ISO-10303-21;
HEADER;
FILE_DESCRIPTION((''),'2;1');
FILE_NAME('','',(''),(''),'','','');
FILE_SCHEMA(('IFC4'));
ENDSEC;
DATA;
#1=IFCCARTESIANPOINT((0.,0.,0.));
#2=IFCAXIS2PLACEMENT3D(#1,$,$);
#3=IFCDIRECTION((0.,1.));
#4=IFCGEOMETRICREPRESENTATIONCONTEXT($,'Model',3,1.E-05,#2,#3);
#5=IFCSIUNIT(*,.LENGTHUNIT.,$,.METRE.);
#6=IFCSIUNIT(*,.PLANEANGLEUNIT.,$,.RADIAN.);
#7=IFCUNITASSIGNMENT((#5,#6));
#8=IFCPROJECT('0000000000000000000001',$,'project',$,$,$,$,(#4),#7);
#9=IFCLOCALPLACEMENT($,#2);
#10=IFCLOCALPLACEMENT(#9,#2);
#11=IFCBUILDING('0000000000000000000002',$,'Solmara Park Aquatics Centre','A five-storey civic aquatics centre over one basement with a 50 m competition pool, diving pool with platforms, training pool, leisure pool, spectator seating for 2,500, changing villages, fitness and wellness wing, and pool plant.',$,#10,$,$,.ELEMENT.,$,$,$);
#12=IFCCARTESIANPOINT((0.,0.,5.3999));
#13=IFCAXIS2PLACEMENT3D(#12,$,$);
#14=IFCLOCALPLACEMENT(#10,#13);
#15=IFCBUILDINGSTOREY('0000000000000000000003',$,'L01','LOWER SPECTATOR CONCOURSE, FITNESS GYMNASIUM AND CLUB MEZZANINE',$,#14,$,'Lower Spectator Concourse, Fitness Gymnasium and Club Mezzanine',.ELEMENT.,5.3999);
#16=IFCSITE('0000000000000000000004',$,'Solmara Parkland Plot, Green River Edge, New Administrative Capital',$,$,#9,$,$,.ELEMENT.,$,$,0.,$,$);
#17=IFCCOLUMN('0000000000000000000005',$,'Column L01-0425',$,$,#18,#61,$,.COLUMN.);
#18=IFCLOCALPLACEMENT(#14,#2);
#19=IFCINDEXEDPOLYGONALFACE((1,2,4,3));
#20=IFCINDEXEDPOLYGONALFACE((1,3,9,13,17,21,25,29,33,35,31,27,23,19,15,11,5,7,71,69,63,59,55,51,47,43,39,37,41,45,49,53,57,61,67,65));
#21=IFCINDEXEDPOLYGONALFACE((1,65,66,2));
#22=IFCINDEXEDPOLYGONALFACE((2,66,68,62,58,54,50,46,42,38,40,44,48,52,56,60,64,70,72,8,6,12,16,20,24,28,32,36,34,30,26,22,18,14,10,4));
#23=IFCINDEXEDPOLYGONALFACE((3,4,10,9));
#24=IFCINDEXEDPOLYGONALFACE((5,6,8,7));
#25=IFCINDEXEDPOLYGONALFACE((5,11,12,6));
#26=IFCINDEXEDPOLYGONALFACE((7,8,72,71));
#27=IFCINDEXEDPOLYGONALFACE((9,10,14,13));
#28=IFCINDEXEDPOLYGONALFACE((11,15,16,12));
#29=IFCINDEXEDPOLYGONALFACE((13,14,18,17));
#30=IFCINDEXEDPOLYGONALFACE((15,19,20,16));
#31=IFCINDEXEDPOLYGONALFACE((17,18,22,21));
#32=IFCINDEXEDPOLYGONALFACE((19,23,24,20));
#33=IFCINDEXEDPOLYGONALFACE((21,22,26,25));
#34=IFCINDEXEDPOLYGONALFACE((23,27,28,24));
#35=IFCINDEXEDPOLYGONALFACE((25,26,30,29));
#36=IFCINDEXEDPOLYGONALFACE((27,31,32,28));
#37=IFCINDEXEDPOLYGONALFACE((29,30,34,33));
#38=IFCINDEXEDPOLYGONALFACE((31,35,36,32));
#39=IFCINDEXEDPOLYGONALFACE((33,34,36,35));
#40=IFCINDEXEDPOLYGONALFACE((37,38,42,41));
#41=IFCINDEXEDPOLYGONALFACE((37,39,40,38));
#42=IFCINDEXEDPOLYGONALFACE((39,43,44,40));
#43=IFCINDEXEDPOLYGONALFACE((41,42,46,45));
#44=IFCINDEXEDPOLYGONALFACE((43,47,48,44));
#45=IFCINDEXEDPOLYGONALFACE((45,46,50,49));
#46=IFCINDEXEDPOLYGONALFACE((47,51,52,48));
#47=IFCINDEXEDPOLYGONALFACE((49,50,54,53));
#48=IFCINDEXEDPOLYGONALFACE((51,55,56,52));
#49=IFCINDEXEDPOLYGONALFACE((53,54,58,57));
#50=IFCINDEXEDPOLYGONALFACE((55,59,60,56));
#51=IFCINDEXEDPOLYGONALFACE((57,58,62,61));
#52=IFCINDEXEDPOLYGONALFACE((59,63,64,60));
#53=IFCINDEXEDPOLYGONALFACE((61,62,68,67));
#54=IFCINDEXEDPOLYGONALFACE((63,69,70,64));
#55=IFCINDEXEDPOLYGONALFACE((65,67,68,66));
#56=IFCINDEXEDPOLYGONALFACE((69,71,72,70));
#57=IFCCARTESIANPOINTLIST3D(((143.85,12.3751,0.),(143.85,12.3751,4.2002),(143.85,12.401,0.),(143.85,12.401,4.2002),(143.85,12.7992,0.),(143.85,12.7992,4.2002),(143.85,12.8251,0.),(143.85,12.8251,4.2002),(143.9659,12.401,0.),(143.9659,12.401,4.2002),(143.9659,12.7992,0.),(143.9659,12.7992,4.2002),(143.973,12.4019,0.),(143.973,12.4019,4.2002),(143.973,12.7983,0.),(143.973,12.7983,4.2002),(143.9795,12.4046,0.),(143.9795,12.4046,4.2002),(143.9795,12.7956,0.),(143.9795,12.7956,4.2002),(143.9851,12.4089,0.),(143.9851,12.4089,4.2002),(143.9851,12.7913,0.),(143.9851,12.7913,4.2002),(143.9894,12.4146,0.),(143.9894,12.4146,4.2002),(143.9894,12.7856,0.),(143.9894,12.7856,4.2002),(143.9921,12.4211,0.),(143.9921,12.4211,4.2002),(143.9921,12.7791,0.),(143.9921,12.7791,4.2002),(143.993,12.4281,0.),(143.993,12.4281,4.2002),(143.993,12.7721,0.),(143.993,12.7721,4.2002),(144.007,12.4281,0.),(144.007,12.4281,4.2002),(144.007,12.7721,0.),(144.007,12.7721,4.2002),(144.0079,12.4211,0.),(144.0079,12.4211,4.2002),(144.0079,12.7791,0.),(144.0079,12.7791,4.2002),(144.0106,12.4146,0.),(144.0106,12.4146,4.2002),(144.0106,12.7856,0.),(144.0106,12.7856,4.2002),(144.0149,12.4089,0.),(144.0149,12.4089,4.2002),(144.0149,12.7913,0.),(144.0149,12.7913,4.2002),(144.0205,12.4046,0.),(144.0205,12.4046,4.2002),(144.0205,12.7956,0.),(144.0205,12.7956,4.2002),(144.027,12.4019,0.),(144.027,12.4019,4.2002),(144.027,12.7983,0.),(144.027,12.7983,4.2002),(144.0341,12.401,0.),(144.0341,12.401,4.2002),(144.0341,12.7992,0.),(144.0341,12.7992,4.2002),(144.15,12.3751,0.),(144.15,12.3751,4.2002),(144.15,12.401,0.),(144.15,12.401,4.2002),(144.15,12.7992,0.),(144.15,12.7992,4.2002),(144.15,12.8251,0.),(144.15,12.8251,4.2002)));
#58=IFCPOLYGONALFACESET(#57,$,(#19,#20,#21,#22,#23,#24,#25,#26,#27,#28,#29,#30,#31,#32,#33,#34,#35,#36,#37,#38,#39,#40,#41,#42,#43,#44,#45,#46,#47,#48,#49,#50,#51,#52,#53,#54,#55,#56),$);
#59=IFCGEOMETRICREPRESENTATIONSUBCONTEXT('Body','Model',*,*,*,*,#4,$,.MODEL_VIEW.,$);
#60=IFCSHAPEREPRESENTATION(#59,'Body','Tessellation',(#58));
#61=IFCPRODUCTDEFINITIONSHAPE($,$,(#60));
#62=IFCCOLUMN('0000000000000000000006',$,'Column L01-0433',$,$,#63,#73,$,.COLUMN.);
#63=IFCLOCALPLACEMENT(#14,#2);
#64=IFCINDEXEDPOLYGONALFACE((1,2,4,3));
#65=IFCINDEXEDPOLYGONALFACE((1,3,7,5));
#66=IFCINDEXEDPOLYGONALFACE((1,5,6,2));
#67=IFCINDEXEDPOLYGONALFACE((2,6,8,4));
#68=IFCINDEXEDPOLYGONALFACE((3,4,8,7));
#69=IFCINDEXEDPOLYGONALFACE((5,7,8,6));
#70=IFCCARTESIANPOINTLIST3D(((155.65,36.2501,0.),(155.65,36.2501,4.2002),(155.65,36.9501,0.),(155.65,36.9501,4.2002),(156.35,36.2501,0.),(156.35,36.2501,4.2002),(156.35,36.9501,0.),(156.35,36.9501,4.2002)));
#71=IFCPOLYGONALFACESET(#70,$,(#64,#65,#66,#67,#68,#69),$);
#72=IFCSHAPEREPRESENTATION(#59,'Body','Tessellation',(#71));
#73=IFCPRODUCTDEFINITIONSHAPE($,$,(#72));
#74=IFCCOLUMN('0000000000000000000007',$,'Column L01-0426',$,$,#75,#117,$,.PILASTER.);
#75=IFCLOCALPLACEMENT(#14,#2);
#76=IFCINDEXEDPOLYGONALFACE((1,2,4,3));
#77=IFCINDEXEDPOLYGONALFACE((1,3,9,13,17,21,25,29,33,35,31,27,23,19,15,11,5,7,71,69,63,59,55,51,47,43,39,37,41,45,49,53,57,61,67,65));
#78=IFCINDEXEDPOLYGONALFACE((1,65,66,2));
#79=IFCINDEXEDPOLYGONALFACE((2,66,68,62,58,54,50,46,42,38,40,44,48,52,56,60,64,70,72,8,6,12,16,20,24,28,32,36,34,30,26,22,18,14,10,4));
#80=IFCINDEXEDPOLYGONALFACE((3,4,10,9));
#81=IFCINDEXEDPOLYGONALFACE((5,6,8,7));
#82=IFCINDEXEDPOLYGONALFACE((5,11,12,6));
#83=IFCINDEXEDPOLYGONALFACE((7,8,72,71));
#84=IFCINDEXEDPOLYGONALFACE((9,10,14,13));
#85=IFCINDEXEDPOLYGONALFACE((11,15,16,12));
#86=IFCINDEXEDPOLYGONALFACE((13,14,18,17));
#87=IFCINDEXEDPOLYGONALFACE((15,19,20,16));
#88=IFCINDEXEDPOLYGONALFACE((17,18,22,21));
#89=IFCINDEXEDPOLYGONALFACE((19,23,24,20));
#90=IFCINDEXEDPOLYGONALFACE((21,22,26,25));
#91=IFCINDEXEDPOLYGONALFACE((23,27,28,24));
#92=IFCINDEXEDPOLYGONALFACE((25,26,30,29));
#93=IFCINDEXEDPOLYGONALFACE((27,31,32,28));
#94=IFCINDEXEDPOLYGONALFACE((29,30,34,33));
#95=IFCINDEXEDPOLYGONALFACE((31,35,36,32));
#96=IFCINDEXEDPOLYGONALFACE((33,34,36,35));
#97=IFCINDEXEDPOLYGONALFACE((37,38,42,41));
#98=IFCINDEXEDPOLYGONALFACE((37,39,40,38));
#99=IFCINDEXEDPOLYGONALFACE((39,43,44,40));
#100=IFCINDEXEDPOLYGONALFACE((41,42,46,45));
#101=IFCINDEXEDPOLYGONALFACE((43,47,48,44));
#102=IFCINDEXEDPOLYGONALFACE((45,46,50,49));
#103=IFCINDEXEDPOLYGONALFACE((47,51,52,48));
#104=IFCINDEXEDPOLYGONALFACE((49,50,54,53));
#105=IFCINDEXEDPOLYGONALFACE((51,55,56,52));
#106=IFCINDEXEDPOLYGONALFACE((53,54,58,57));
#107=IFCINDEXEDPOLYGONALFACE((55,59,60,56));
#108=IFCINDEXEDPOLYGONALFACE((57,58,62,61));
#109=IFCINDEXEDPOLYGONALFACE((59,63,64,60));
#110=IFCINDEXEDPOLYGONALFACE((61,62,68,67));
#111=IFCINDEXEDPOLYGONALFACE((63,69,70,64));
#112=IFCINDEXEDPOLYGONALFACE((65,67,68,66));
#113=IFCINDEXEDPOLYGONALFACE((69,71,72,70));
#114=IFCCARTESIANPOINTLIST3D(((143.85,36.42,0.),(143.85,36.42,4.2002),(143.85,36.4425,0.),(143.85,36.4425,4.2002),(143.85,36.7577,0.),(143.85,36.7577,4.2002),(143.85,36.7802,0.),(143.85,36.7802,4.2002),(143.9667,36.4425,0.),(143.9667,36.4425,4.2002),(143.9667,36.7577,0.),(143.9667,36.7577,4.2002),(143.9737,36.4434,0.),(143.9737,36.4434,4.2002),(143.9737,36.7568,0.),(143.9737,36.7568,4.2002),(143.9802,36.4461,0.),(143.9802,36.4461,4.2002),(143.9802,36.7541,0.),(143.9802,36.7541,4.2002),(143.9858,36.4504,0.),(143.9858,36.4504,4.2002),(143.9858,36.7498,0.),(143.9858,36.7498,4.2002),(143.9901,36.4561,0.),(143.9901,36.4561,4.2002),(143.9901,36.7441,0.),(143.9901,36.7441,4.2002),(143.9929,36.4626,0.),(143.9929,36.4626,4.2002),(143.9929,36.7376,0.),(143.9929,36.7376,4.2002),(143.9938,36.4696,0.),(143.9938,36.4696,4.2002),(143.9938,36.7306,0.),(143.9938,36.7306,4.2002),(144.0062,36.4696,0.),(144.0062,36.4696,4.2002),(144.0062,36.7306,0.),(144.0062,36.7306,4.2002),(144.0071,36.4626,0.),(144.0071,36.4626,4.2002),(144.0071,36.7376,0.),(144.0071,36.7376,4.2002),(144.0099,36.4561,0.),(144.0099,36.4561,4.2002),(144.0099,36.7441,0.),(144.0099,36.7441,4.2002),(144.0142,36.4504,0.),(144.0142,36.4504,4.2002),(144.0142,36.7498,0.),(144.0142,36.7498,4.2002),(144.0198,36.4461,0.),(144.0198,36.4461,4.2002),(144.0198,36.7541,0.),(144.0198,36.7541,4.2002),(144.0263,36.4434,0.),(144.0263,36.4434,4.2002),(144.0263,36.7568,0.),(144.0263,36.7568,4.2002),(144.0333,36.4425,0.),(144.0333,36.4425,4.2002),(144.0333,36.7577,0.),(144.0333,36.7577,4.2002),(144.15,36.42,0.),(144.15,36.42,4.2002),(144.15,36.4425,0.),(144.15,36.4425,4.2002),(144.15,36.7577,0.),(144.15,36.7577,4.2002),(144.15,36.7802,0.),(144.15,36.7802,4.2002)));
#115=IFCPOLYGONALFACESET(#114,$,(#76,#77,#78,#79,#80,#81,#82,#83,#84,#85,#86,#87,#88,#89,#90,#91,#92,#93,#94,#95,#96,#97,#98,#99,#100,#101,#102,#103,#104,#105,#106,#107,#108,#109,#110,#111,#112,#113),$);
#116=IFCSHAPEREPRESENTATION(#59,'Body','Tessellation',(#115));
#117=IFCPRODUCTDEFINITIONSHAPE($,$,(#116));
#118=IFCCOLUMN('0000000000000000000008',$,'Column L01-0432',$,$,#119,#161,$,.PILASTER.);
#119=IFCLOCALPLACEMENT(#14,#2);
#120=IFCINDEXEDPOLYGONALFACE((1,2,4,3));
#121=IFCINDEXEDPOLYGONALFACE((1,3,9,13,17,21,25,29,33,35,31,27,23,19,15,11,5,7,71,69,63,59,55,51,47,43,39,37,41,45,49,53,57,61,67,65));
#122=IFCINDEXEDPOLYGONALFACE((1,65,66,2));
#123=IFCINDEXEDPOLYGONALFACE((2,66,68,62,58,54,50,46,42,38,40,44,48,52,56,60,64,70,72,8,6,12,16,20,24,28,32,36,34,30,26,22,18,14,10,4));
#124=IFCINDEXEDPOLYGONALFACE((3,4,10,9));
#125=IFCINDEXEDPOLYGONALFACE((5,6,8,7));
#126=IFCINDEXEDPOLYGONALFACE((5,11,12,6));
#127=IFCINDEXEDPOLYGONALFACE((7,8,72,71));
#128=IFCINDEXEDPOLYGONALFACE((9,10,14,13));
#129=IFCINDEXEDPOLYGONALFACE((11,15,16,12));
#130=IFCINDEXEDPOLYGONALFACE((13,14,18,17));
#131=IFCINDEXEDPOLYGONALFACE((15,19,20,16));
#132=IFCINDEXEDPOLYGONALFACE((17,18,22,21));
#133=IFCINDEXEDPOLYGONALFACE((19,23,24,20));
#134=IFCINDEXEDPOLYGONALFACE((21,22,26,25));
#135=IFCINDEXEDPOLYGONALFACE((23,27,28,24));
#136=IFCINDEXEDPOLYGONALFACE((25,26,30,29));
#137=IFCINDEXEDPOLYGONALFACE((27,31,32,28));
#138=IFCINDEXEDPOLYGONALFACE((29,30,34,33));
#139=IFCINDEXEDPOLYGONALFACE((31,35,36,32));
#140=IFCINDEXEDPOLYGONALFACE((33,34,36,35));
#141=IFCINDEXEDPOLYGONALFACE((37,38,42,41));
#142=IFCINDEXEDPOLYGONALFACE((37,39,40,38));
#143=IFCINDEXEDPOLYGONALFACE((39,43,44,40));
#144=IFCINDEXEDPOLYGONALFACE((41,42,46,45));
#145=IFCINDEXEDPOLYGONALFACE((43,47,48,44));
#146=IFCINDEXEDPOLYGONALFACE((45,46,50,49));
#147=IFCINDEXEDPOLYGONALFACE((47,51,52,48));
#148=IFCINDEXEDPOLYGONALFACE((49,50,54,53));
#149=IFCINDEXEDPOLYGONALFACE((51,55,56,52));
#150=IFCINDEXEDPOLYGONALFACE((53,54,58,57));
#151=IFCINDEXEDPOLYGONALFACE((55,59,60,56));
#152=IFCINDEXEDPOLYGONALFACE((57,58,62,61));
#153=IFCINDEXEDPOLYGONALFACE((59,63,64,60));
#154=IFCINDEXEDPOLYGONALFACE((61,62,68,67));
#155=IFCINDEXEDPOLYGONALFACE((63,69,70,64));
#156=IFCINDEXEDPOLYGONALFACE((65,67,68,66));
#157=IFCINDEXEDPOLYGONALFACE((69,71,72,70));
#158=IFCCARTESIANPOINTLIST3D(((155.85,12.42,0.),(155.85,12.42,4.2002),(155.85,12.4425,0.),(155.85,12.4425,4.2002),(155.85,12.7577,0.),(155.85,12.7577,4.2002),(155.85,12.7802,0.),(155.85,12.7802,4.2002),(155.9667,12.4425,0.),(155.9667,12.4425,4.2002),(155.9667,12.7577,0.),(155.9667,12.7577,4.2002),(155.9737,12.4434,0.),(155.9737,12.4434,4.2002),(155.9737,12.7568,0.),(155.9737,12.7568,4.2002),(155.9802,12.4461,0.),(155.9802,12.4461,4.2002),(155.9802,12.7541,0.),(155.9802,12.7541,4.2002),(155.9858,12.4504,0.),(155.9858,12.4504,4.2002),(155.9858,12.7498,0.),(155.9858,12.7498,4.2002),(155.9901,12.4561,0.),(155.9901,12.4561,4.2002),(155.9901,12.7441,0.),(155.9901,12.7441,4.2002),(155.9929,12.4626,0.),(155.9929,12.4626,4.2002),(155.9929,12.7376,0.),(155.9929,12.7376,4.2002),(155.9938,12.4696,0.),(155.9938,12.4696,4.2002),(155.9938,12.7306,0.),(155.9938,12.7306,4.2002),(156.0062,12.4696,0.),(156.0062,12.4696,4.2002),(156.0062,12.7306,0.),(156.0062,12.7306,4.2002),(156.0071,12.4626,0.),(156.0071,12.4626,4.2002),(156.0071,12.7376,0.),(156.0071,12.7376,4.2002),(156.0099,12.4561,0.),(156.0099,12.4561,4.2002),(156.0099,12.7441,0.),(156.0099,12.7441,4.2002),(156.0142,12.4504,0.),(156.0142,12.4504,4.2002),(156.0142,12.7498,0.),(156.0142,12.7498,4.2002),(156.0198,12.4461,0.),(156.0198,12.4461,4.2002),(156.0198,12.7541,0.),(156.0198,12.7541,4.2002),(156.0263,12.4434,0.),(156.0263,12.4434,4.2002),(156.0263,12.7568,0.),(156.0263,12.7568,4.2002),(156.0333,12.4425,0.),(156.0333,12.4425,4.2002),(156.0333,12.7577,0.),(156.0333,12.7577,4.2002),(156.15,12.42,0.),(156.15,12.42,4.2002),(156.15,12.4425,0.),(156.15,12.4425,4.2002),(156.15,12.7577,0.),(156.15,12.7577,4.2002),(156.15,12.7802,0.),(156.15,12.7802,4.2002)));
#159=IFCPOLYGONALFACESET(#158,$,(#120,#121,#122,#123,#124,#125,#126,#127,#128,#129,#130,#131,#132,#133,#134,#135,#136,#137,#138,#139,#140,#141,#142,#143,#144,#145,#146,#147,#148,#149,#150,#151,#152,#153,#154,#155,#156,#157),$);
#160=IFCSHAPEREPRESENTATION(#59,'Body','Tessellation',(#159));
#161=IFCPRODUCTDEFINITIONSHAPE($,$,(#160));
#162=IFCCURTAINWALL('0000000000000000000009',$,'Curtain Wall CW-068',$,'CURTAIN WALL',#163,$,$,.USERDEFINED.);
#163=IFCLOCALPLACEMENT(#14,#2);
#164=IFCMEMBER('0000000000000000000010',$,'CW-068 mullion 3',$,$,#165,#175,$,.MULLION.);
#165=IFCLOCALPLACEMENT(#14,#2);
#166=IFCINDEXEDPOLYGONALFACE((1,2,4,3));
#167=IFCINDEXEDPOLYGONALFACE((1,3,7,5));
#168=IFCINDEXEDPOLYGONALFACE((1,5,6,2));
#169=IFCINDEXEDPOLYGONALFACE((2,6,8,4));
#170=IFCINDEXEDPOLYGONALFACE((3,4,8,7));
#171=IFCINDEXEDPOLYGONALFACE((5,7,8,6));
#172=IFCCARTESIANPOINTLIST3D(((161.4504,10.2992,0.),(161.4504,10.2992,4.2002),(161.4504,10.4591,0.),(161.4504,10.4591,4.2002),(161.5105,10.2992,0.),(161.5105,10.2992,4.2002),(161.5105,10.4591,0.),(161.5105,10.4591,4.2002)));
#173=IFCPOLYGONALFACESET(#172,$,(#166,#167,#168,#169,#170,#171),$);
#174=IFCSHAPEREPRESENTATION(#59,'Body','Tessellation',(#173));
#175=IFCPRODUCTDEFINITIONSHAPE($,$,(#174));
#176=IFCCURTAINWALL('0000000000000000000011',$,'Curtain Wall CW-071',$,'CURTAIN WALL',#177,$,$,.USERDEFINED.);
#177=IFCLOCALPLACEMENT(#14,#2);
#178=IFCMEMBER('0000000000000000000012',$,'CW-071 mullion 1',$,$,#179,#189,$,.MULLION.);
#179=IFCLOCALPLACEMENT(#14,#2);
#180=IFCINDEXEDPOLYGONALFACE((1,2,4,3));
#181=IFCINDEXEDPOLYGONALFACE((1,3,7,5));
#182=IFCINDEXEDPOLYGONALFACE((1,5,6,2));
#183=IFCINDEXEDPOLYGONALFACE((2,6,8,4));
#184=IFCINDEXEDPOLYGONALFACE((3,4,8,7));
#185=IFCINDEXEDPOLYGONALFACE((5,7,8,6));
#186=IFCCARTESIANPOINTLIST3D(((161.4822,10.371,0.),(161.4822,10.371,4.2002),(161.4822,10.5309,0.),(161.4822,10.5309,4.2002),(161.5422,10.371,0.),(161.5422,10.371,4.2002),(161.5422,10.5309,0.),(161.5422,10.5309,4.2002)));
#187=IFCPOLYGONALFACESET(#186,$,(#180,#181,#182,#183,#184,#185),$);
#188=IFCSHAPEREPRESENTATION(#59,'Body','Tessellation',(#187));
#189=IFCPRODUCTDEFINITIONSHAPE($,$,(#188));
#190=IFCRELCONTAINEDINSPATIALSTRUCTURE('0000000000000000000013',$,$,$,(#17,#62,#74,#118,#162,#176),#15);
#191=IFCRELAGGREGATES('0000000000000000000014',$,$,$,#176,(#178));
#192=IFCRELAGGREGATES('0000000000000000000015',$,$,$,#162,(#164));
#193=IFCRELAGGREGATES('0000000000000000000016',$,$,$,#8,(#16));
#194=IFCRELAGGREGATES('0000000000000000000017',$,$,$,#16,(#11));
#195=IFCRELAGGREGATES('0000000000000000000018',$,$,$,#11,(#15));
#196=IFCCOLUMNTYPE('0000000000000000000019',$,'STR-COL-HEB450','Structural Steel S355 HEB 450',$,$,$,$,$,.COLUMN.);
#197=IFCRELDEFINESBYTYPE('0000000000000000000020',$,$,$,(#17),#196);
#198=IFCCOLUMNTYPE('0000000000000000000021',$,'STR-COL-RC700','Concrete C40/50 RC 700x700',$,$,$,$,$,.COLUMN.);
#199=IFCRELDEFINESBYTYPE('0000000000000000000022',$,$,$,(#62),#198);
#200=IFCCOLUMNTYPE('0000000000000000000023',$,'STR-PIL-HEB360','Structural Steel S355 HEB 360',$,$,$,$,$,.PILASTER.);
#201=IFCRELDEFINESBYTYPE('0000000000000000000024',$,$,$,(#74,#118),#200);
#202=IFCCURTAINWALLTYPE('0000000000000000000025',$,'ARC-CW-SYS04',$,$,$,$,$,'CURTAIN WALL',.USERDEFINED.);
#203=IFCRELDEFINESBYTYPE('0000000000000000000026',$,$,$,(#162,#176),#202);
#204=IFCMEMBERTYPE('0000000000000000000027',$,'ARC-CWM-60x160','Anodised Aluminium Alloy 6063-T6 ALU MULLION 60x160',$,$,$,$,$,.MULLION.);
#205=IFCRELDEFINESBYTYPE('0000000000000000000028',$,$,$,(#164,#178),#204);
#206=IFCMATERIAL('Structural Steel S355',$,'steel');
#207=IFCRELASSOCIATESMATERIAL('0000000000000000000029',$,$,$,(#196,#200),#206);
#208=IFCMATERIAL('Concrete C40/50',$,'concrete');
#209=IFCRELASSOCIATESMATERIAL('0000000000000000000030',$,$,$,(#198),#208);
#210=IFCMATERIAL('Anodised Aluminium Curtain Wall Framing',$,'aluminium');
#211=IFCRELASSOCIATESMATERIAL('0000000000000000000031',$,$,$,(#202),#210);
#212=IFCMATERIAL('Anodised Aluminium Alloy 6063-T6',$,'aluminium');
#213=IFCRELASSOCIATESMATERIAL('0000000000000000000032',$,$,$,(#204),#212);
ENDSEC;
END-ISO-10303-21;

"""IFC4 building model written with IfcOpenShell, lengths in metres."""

from ifc_helpers import new_model, si_unit, direction, frame, origin, origin_2d, place, context, subcontext, project, spatial, rectangle, i_section, extrude, material, material_profile, profile_set, type_object, element, aggregate, save


model = new_model("IFC4")

# Units and contexts
model_context = context("Model", 3, precision=1e-05, world=origin(), true_north=direction((0.0, 1.0)))
body_context = subcontext(model_context, "Body", "Model", "MODEL_VIEW")
ifc_project = project(units=[si_unit("LENGTHUNIT", "METRE"), si_unit("PLANEANGLEUNIT", "RADIAN")], contexts=[model_context])

# Site, building, storey
site_placement = place(None, origin())
site = spatial("IfcSite", under=ifc_project, at=site_placement, Name="Solmara Parkland Plot, Green River Edge, New Administrative Capital", CompositionType="ELEMENT", RefElevation=0.0)
building_placement = place(site_placement, origin())
building = spatial("IfcBuilding", under=site, at=building_placement, Name="Solmara Park Aquatics Centre", Description="A five-storey civic aquatics centre over one basement with a 50 m competition pool, diving pool with platforms, training pool, leisure pool, spectator seating for 2,500, changing villages, fitness and wellness wing, and pool plant.", CompositionType="ELEMENT")
storey_placement = place(building_placement, frame((0.0, 0.0, 5.3999)))
storey = spatial("IfcBuildingStorey", under=building, at=storey_placement, Name="L01", Description="LOWER SPECTATOR CONCOURSE, FITNESS GYMNASIUM AND CLUB MEZZANINE", LongName="Lower Spectator Concourse, Fitness Gymnasium and Club Mezzanine", CompositionType="ELEMENT", Elevation=5.3999)

# Columns
ifc_material_1 = material(Name="Structural Steel S355", Category="steel")
ifc_material_profile_1 = material_profile(ifc_material_1, i_section(OverallWidth=0.3, OverallDepth=0.45, WebThickness=0.0139, FlangeThickness=0.0259, FilletRadius=0.0271, at=origin_2d()), Name="HEB 450")
ifc_profile_set_1 = profile_set([ifc_material_profile_1], Name="Structural Steel S355")
column_type_1 = type_object("IfcColumnType", Name="STR-COL-HEB450", Description="Structural Steel S355 HEB 450", PredefinedType="COLUMN", material=ifc_profile_set_1)
column_1_placement = place(storey_placement, frame((144.0, 12.6001, 0.0), z_axis=(0.0, 0.0, 1.0), x_axis=(1.0, 0.0, 0.0)))
element("IfcColumn", 1, at=column_1_placement, inside=storey, type_object=column_type_1, Name="Column L01-0425", PredefinedType="COLUMN", context=body_context, shape_type="SweptSolid", body=[
    extrude(i_section(OverallWidth=0.3, OverallDepth=0.45, WebThickness=0.0139, FlangeThickness=0.0259, FilletRadius=0.0271, at=origin_2d()), origin(), (0.0, 0.0, 1.0), 4.2002),
])
ifc_material_2 = material(Name="Concrete C40/50", Category="concrete")
ifc_material_profile_2 = material_profile(ifc_material_2, rectangle(XDim=0.7, YDim=0.7, at=origin_2d()), Name="RC 700x700")
ifc_profile_set_2 = profile_set([ifc_material_profile_2], Name="Concrete C40/50")
column_type_2 = type_object("IfcColumnType", Name="STR-COL-RC700", Description="Concrete C40/50 RC 700x700", PredefinedType="COLUMN", material=ifc_profile_set_2)
column_2_placement = place(storey_placement, frame((156.0, 36.6001, 0.0), z_axis=(0.0, 0.0, 1.0), x_axis=(1.0, 0.0, 0.0)))
element("IfcColumn", 2, at=column_2_placement, inside=storey, type_object=column_type_2, Name="Column L01-0433", PredefinedType="COLUMN", context=body_context, shape_type="SweptSolid", body=[
    extrude(rectangle(XDim=0.7, YDim=0.7, at=origin_2d()), origin(), (0.0, 0.0, 1.0), 4.2002),
])
ifc_material_profile_3 = material_profile(ifc_material_1, i_section(OverallWidth=0.3, OverallDepth=0.3601, WebThickness=0.0125, FlangeThickness=0.0225, FilletRadius=0.0271, at=origin_2d()), Name="HEB 360")
ifc_profile_set_3 = profile_set([ifc_material_profile_3], Name="Structural Steel S355")
column_type_3 = type_object("IfcColumnType", Name="STR-PIL-HEB360", Description="Structural Steel S355 HEB 360", PredefinedType="PILASTER", material=ifc_profile_set_3)
for number, where, z_axis, x_axis, name in (
    (3, (144.0, 36.6001, 0.0), (0.0, 0.0, 1.0), (1.0, 0.0, 0.0), "Column L01-0426"),
    (4, (156.0, 12.6001, 0.0), (0.0, 0.0, 1.0), (1.0, 0.0, 0.0), "Column L01-0432"),
):
    element("IfcColumn", number, at=place(storey_placement, frame(where, z_axis=z_axis, x_axis=x_axis)), inside=storey, type_object=column_type_3, Name=name, PredefinedType="PILASTER", context=body_context, shape_type="SweptSolid", body=[
        extrude(i_section(OverallWidth=0.3, OverallDepth=0.3601, WebThickness=0.0125, FlangeThickness=0.0225, FilletRadius=0.0271, at=origin_2d()), origin(), (0.0, 0.0, 1.0), 4.2002),
    ])

# Curtain wall, member
ifc_material_3 = material(Name="Anodised Aluminium Curtain Wall Framing", Category="aluminium")
curtain_wall_type_1 = type_object("IfcCurtainWallType", Name="ARC-CW-SYS04", ElementType="CURTAIN WALL", PredefinedType="USERDEFINED", material=ifc_material_3)
curtain_wall_1_placement = place(storey_placement, origin())
curtain_wall_1 = element("IfcCurtainWall", 5, at=curtain_wall_1_placement, inside=storey, type_object=curtain_wall_type_1, Name="Curtain Wall CW-068", ObjectType="CURTAIN WALL", PredefinedType="USERDEFINED")
ifc_material_4 = material(Name="Anodised Aluminium Alloy 6063-T6", Category="aluminium")
ifc_material_profile_4 = material_profile(ifc_material_4, rectangle(XDim=0.0601, YDim=0.1599, at=origin_2d()), Name="ALU MULLION 60x160")
ifc_profile_set_4 = profile_set([ifc_material_profile_4], Name="Anodised Aluminium Alloy 6063-T6")
member_type_1 = type_object("IfcMemberType", Name="ARC-CWM-60x160", Description="Anodised Aluminium Alloy 6063-T6 ALU MULLION 60x160", PredefinedType="MULLION", material=ifc_profile_set_4)
member_1_placement = place(storey_placement, frame((161.4805, 10.3792, 0.0), z_axis=(0.0, 0.0, 1.0), x_axis=(1.0, 0.0, 0.0)))
member_1 = element("IfcMember", 6, at=member_1_placement, type_object=member_type_1, Name="CW-068 mullion 3", PredefinedType="MULLION", context=body_context, shape_type="SweptSolid", body=[
    extrude(rectangle(XDim=0.0601, YDim=0.1599, at=origin_2d()), origin(), (0.0, 0.0, 1.0), 4.2002),
])

# Curtain wall, member
curtain_wall_2_placement = place(storey_placement, origin())
curtain_wall_2 = element("IfcCurtainWall", 7, at=curtain_wall_2_placement, inside=storey, type_object=curtain_wall_type_1, Name="Curtain Wall CW-071", ObjectType="CURTAIN WALL", PredefinedType="USERDEFINED")
member_2_placement = place(storey_placement, frame((161.5122, 10.4509, 0.0), z_axis=(0.0, 0.0, 1.0), x_axis=(1.0, 0.0, 0.0)))
member_2 = element("IfcMember", 8, at=member_2_placement, type_object=member_type_1, Name="CW-071 mullion 1", PredefinedType="MULLION", context=body_context, shape_type="SweptSolid", body=[
    extrude(rectangle(XDim=0.0601, YDim=0.1599, at=origin_2d()), origin(), (0.0, 0.0, 1.0), 4.2002),
])

aggregate(curtain_wall_2, [member_2])
aggregate(curtain_wall_1, [member_1])

save(model, "model.ifc")
